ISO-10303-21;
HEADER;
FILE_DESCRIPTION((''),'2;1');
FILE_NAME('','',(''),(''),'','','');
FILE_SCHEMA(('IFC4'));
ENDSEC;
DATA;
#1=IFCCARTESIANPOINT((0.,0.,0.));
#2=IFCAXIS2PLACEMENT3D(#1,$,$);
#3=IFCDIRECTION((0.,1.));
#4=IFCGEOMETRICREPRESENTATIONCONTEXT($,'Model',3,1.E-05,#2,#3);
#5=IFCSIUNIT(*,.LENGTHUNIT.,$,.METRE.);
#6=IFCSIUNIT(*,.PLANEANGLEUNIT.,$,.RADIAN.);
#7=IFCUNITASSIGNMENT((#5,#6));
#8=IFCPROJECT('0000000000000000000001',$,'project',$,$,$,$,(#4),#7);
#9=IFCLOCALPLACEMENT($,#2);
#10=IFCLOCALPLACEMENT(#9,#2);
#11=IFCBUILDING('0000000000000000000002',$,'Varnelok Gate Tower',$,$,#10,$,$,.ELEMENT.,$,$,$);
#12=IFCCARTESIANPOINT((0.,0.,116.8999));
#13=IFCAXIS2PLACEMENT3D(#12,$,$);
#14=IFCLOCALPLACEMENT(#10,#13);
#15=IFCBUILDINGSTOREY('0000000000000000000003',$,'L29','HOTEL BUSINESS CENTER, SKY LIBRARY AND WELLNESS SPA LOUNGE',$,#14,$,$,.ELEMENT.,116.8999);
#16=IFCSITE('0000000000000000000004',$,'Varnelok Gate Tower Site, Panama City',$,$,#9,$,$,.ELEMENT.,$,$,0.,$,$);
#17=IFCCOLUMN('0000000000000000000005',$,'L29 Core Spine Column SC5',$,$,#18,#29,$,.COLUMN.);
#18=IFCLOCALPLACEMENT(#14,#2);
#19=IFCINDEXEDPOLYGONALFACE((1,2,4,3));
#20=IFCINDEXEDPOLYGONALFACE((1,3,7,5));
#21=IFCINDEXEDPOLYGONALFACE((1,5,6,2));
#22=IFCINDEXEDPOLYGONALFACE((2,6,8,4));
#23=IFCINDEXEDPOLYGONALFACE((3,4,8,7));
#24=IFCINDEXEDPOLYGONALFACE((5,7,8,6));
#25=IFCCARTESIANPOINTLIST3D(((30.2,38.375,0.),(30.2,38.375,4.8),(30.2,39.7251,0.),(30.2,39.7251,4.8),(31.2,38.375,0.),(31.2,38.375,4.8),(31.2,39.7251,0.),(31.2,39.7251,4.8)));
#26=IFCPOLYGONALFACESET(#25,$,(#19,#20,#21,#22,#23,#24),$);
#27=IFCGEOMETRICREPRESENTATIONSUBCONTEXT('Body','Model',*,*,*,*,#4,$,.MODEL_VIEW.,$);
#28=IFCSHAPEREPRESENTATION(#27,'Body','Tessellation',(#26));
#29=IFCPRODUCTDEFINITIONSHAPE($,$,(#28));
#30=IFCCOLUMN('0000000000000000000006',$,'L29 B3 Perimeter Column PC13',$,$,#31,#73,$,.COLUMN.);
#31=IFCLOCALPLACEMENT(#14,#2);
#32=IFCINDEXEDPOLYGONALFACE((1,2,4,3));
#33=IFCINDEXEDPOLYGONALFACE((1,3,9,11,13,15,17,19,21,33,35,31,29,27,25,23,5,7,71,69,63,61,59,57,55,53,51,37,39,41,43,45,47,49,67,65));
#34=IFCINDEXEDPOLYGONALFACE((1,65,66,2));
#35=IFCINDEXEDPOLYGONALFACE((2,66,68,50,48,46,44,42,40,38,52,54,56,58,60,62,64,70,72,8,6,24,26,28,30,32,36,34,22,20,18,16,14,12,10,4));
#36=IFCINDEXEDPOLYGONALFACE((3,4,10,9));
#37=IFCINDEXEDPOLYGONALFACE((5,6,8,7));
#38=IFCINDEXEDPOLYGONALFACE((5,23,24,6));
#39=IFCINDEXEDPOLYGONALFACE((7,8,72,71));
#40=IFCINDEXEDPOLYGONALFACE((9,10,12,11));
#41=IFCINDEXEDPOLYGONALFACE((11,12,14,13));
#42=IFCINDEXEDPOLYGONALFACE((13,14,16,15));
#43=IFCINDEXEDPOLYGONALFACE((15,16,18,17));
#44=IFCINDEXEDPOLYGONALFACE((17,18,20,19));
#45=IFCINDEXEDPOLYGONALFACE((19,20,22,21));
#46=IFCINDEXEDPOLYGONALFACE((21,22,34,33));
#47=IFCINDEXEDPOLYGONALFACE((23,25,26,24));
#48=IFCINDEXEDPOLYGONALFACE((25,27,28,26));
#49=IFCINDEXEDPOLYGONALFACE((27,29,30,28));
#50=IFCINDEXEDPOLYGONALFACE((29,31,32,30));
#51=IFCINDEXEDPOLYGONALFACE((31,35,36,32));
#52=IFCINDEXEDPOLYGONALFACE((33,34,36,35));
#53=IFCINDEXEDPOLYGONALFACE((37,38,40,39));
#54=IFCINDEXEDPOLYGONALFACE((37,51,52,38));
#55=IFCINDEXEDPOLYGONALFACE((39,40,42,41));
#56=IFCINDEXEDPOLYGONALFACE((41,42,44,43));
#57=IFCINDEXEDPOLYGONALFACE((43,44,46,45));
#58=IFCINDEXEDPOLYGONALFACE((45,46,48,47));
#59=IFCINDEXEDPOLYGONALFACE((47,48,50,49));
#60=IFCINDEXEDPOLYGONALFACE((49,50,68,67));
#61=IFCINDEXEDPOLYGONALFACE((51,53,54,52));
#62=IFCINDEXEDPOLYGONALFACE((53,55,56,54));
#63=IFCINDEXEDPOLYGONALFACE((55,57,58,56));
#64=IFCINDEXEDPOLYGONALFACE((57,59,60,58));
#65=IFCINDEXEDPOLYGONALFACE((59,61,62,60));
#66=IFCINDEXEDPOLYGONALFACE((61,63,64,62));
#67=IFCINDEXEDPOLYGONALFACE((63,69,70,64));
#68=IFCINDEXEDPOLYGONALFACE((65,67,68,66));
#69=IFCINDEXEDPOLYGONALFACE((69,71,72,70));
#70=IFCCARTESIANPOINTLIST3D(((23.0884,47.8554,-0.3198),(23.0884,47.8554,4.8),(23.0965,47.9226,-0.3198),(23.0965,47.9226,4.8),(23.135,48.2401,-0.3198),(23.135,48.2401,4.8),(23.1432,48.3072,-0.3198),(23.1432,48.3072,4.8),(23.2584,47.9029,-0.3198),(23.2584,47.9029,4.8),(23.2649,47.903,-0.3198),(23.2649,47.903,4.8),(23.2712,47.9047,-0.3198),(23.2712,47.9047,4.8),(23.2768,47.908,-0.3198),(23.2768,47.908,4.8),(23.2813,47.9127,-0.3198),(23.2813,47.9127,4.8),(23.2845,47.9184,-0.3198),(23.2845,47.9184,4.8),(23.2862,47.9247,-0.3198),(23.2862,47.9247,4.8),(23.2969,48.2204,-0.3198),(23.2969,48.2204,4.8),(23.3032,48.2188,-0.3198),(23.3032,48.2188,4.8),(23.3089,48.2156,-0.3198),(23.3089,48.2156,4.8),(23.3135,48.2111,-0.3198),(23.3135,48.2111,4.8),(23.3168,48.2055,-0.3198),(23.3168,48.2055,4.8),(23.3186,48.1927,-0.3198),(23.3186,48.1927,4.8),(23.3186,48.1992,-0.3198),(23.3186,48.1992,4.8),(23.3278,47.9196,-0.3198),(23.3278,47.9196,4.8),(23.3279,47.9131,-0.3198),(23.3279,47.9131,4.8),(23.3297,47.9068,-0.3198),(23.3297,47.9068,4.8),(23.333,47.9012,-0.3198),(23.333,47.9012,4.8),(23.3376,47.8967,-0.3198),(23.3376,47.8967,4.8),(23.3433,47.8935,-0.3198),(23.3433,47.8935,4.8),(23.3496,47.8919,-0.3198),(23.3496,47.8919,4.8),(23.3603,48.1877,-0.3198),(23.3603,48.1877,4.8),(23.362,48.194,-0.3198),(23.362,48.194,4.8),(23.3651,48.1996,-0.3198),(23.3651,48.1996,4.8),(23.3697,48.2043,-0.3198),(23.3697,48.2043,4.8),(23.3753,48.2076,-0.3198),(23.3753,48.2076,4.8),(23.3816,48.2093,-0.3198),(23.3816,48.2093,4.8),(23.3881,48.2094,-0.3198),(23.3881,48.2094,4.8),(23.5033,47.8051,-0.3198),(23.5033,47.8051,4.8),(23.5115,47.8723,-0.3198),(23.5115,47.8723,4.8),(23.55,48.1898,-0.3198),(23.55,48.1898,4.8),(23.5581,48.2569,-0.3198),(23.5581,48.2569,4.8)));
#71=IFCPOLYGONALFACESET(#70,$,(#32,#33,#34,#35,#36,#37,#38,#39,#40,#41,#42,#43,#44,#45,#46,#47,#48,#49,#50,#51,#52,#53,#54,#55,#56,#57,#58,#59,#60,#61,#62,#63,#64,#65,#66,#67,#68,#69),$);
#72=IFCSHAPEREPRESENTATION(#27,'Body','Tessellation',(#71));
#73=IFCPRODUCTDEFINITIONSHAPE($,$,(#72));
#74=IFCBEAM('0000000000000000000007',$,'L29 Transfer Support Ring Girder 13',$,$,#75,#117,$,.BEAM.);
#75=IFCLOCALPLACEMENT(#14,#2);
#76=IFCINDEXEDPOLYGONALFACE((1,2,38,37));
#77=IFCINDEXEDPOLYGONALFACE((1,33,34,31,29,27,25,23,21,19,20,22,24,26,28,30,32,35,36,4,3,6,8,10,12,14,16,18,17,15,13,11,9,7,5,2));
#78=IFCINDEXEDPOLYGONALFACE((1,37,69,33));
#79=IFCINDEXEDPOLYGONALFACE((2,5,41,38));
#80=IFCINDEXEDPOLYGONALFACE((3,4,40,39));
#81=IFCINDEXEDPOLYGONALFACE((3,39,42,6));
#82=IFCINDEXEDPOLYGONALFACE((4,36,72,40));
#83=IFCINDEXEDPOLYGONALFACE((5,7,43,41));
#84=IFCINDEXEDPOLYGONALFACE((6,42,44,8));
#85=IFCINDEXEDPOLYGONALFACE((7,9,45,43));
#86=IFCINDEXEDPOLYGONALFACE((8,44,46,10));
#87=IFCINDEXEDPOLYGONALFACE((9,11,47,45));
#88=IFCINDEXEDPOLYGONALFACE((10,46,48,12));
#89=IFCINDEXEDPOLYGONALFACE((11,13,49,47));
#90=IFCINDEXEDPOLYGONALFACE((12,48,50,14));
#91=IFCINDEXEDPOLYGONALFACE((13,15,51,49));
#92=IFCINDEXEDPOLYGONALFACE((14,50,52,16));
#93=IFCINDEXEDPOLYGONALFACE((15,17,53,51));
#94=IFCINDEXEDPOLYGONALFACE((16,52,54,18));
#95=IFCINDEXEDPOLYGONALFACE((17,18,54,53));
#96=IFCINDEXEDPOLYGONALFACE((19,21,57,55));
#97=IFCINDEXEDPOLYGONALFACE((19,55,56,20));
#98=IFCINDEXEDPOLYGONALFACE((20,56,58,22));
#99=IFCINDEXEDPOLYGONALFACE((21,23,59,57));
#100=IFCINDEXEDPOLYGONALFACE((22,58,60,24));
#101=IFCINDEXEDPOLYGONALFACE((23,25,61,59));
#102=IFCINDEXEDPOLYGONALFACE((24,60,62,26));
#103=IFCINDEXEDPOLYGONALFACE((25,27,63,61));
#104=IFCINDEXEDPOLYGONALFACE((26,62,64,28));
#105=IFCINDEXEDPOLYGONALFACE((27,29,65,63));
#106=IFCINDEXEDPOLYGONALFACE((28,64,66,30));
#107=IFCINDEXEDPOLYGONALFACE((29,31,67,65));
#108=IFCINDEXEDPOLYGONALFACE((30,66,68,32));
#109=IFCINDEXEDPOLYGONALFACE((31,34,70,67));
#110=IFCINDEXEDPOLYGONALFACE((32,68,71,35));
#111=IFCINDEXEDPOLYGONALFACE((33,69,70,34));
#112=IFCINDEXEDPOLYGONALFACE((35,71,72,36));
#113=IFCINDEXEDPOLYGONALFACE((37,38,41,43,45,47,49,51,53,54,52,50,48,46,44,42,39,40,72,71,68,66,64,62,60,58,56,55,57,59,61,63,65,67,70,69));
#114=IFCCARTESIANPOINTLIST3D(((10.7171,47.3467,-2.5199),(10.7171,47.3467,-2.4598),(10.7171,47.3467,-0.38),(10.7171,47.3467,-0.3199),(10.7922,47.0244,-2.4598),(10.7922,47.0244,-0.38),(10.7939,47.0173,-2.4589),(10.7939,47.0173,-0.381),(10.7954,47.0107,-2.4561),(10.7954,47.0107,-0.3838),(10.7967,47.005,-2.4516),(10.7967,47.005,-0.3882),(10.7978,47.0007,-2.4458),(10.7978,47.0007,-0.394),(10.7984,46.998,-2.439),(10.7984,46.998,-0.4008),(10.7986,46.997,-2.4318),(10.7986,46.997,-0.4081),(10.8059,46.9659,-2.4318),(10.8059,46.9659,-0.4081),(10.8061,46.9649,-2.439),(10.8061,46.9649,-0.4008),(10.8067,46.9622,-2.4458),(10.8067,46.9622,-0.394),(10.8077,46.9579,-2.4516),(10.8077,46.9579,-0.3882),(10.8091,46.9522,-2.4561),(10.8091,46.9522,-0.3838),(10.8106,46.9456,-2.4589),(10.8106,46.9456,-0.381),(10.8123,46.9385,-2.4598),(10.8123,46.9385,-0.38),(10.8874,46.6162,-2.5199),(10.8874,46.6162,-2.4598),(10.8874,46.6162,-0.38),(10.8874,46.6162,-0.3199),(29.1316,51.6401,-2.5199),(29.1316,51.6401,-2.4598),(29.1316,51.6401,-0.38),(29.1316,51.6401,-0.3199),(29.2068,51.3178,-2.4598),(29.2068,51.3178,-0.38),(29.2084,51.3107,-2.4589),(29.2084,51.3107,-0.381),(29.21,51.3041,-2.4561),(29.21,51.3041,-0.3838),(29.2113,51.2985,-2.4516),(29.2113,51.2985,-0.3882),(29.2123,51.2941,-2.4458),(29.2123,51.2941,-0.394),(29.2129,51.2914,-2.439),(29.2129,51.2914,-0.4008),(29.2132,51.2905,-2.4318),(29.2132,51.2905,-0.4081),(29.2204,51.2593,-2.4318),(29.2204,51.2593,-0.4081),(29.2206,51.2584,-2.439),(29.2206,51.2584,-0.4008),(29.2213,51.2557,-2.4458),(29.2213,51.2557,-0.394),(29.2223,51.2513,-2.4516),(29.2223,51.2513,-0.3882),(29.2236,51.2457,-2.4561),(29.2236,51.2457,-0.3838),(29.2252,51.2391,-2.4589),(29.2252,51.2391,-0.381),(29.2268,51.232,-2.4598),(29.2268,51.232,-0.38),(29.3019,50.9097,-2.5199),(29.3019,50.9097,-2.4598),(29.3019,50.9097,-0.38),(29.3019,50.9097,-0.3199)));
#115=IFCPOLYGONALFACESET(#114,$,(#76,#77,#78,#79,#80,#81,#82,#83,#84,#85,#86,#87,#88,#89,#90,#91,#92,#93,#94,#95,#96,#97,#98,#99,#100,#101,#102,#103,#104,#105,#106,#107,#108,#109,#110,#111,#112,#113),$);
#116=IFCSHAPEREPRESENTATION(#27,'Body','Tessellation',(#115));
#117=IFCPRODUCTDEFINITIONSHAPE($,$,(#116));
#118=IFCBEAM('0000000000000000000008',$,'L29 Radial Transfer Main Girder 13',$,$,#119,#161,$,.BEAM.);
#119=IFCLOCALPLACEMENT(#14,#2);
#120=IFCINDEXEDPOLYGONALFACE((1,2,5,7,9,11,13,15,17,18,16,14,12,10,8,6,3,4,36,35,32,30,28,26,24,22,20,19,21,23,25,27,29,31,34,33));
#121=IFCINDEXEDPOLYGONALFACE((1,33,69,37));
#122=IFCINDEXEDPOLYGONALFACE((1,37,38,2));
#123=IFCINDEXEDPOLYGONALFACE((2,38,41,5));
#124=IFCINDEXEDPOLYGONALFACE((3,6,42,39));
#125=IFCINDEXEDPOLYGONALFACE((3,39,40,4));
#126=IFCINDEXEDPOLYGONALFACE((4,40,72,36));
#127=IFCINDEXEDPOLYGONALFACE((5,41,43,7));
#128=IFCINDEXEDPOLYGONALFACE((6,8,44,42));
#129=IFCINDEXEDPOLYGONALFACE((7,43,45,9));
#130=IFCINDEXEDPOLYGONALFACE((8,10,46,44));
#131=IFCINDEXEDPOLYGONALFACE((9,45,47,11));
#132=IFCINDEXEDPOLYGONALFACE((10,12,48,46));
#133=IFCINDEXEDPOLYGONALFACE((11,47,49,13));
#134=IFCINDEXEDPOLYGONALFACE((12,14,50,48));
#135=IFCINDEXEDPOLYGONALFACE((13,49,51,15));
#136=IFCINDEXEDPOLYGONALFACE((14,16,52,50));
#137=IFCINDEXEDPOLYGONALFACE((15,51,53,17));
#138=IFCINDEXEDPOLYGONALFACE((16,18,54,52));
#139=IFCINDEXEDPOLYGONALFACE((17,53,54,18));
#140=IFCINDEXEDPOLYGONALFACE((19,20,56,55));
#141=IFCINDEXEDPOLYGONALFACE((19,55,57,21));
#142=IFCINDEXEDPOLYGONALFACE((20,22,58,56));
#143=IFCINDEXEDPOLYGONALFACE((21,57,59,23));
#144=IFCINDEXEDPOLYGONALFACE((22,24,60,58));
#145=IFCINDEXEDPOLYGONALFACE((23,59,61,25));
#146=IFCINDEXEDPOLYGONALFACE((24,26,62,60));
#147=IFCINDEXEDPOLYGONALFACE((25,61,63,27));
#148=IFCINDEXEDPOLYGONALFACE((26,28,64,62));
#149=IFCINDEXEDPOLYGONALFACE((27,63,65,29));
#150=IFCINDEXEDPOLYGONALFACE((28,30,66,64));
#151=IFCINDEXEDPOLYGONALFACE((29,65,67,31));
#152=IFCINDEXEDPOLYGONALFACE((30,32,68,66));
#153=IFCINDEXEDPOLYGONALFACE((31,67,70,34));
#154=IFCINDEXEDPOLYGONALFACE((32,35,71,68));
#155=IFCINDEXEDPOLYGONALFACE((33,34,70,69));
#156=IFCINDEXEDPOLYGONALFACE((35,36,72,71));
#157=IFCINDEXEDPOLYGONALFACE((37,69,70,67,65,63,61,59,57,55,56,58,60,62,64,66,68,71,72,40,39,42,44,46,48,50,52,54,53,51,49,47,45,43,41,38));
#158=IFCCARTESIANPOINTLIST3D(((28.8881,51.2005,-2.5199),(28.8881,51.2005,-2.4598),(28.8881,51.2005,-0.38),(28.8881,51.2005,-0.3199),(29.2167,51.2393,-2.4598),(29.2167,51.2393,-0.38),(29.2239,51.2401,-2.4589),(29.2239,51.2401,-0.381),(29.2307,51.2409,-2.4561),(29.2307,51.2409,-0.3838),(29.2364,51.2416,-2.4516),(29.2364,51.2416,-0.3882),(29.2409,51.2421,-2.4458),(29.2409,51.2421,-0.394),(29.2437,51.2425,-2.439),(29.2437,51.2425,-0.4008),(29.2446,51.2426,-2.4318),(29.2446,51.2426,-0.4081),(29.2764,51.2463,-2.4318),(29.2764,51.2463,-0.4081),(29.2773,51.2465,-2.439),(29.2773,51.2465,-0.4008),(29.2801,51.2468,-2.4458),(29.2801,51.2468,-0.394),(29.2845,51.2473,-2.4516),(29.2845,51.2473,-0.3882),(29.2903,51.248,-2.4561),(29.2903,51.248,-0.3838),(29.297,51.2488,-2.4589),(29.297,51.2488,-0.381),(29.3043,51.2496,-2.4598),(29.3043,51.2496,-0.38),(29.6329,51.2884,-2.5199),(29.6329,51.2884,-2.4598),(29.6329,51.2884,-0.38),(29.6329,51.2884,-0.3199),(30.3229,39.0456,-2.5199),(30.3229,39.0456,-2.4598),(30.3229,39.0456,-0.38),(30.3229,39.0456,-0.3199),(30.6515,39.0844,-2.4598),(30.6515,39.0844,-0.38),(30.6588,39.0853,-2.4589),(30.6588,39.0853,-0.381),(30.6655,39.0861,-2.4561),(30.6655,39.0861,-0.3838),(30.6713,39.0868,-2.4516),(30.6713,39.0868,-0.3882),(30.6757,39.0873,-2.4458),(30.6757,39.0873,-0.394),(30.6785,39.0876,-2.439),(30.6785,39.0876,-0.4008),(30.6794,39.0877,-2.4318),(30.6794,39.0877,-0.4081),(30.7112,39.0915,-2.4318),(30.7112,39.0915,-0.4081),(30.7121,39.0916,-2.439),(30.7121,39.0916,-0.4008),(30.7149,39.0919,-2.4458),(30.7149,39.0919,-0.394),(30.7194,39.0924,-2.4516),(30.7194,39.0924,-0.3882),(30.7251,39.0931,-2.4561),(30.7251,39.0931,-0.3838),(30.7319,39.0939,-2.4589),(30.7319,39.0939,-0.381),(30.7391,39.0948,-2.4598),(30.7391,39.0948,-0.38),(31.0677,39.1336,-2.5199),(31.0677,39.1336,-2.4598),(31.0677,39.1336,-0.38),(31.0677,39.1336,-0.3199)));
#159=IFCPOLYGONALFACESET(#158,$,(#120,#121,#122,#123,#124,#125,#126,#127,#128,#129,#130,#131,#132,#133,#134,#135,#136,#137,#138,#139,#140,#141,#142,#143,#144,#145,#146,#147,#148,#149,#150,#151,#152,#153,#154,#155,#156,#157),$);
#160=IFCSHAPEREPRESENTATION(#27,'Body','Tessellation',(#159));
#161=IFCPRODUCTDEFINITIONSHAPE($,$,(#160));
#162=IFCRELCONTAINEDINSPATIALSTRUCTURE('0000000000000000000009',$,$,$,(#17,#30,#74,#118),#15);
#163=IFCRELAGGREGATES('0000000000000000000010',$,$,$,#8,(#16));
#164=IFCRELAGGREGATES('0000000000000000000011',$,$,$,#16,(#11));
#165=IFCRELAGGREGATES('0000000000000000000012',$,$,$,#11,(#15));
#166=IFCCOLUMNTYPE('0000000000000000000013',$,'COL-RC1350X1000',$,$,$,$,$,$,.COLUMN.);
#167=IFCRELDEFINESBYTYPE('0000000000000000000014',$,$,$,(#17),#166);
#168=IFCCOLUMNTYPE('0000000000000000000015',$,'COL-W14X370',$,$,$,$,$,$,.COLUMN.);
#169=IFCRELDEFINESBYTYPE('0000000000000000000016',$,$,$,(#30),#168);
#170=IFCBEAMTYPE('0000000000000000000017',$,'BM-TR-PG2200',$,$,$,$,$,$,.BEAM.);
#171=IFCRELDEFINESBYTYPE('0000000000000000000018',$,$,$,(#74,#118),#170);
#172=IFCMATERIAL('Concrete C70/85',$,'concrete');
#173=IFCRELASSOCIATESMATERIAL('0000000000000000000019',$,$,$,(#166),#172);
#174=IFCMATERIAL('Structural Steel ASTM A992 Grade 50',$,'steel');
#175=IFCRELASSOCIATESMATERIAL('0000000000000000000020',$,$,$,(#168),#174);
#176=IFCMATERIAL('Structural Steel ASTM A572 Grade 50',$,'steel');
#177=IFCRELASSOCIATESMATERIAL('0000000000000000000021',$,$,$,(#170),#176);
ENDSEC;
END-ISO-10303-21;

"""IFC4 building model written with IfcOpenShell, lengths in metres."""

from ifc_helpers import new_model, si_unit, direction, frame, origin, origin_2d, place, context, subcontext, project, spatial, rectangle, i_section, extrude, material, material_profile, profile_set, type_object, element, save


model = new_model("IFC4")

# Units and contexts
model_context = context("Model", 3, precision=1e-05, world=origin(), true_north=direction((0.0, 1.0)))
body_context = subcontext(model_context, "Body", "Model", "MODEL_VIEW")
ifc_project = project(units=[si_unit("LENGTHUNIT", "METRE"), si_unit("PLANEANGLEUNIT", "RADIAN")], contexts=[model_context])

# Site, building, storey
site_placement = place(None, origin())
site = spatial("IfcSite", under=ifc_project, at=site_placement, Name="Varnelok Gate Tower Site, Panama City", CompositionType="ELEMENT", RefElevation=0.0)
building_placement = place(site_placement, origin())
building = spatial("IfcBuilding", under=site, at=building_placement, Name="Varnelok Gate Tower", CompositionType="ELEMENT")
storey_placement = place(building_placement, frame((0.0, 0.0, 116.8999)))
storey = spatial("IfcBuildingStorey", under=building, at=storey_placement, Name="L29", Description="HOTEL BUSINESS CENTER, SKY LIBRARY AND WELLNESS SPA LOUNGE", CompositionType="ELEMENT", Elevation=116.8999)

# Columns
ifc_material_1 = material(Name="Concrete C70/85", Category="concrete")
ifc_material_profile_1 = material_profile(ifc_material_1, rectangle(XDim=1.0, YDim=1.3501, at=origin_2d()), Name="RC1350X1000")
ifc_profile_set_1 = profile_set([ifc_material_profile_1], Name="Concrete C70/85")
column_type_1 = type_object("IfcColumnType", Name="COL-RC1350X1000", PredefinedType="COLUMN", material=ifc_profile_set_1)
column_1_placement = place(storey_placement, frame((30.7, 39.05, 0.0), z_axis=(0.0, 0.0, 1.0), x_axis=(1.0, 0.0, 0.0)))
element("IfcColumn", 1, at=column_1_placement, inside=storey, type_object=column_type_1, Name="L29 Core Spine Column SC5", PredefinedType="COLUMN", context=body_context, shape_type="SweptSolid", body=[
    extrude(rectangle(XDim=1.0, YDim=1.3501, at=origin_2d()), origin(), (0.0, 0.0, 1.0), 4.8),
])
ifc_material_2 = material(Name="Structural Steel ASTM A992 Grade 50", Category="steel")
ifc_material_profile_2 = material_profile(ifc_material_2, i_section(OverallWidth=0.418, OverallDepth=0.4551, WebThickness=0.042, FlangeThickness=0.0676, FilletRadius=0.0249, at=origin_2d()), Name="W14X370")
ifc_profile_set_2 = profile_set([ifc_material_profile_2], Name="Structural Steel ASTM A992 Grade 50")
column_type_2 = type_object("IfcColumnType", Name="COL-W14X370", PredefinedType="COLUMN", material=ifc_profile_set_2)
column_2_placement = place(storey_placement, frame((23.3232, 48.0562, -0.3198), z_axis=(0.0, 0.0, 1.0), x_axis=(0.992732, -0.120345, 0.0)))
element("IfcColumn", 2, at=column_2_placement, inside=storey, type_object=column_type_2, Name="L29 B3 Perimeter Column PC13", PredefinedType="COLUMN", context=body_context, shape_type="SweptSolid", body=[
    extrude(i_section(OverallWidth=0.418, OverallDepth=0.4551, WebThickness=0.042, FlangeThickness=0.0676, FilletRadius=0.0249, at=origin_2d()), origin(), (0.0, 0.0, 1.0), 5.1199),
])

# Beams
ifc_material_3 = material(Name="Structural Steel ASTM A572 Grade 50", Category="steel")
ifc_material_profile_3 = material_profile(ifc_material_3, i_section(OverallWidth=0.75, OverallDepth=2.2, WebThickness=0.032, FlangeThickness=0.0601, FilletRadius=0.0281, at=origin_2d()), Name="PG2200X750")
ifc_profile_set_3 = profile_set([ifc_material_profile_3], Name="Structural Steel ASTM A572 Grade 50")
beam_type_1 = type_object("IfcBeamType", Name="BM-TR-PG2200", PredefinedType="BEAM", material=ifc_profile_set_3)
beam_1_placement = place(storey_placement, frame((29.2168, 51.2749, -1.4199), z_axis=(-0.973879, -0.227066, 0.0), x_axis=(0.227066, -0.973879, 0.0)))
element("IfcBeam", 3, at=beam_1_placement, inside=storey, type_object=beam_type_1, Name="L29 Transfer Support Ring Girder 13", PredefinedType="BEAM", context=body_context, shape_type="SweptSolid", body=[
    extrude(i_section(OverallWidth=0.75, OverallDepth=2.2, WebThickness=0.032, FlangeThickness=0.0601, FilletRadius=0.0281, at=origin_2d()), origin(), (0.0, 0.0, 1.0), 18.9084),
])
beam_2_placement = place(storey_placement, frame((30.6953, 39.0896, -1.4199), z_axis=(-0.117231, 0.993105, 0.0), x_axis=(-0.993105, -0.117231, 0.0)))
element("IfcBeam", 4, at=beam_2_placement, inside=storey, type_object=beam_type_1, Name="L29 Radial Transfer Main Girder 13", PredefinedType="BEAM", context=body_context, shape_type="SweptSolid", body=[
    extrude(i_section(OverallWidth=0.75, OverallDepth=2.2, WebThickness=0.032, FlangeThickness=0.0601, FilletRadius=0.0281, at=origin_2d()), origin(), (0.0, 0.0, 1.0), 12.2393),
])

save(model, "model.ifc")
